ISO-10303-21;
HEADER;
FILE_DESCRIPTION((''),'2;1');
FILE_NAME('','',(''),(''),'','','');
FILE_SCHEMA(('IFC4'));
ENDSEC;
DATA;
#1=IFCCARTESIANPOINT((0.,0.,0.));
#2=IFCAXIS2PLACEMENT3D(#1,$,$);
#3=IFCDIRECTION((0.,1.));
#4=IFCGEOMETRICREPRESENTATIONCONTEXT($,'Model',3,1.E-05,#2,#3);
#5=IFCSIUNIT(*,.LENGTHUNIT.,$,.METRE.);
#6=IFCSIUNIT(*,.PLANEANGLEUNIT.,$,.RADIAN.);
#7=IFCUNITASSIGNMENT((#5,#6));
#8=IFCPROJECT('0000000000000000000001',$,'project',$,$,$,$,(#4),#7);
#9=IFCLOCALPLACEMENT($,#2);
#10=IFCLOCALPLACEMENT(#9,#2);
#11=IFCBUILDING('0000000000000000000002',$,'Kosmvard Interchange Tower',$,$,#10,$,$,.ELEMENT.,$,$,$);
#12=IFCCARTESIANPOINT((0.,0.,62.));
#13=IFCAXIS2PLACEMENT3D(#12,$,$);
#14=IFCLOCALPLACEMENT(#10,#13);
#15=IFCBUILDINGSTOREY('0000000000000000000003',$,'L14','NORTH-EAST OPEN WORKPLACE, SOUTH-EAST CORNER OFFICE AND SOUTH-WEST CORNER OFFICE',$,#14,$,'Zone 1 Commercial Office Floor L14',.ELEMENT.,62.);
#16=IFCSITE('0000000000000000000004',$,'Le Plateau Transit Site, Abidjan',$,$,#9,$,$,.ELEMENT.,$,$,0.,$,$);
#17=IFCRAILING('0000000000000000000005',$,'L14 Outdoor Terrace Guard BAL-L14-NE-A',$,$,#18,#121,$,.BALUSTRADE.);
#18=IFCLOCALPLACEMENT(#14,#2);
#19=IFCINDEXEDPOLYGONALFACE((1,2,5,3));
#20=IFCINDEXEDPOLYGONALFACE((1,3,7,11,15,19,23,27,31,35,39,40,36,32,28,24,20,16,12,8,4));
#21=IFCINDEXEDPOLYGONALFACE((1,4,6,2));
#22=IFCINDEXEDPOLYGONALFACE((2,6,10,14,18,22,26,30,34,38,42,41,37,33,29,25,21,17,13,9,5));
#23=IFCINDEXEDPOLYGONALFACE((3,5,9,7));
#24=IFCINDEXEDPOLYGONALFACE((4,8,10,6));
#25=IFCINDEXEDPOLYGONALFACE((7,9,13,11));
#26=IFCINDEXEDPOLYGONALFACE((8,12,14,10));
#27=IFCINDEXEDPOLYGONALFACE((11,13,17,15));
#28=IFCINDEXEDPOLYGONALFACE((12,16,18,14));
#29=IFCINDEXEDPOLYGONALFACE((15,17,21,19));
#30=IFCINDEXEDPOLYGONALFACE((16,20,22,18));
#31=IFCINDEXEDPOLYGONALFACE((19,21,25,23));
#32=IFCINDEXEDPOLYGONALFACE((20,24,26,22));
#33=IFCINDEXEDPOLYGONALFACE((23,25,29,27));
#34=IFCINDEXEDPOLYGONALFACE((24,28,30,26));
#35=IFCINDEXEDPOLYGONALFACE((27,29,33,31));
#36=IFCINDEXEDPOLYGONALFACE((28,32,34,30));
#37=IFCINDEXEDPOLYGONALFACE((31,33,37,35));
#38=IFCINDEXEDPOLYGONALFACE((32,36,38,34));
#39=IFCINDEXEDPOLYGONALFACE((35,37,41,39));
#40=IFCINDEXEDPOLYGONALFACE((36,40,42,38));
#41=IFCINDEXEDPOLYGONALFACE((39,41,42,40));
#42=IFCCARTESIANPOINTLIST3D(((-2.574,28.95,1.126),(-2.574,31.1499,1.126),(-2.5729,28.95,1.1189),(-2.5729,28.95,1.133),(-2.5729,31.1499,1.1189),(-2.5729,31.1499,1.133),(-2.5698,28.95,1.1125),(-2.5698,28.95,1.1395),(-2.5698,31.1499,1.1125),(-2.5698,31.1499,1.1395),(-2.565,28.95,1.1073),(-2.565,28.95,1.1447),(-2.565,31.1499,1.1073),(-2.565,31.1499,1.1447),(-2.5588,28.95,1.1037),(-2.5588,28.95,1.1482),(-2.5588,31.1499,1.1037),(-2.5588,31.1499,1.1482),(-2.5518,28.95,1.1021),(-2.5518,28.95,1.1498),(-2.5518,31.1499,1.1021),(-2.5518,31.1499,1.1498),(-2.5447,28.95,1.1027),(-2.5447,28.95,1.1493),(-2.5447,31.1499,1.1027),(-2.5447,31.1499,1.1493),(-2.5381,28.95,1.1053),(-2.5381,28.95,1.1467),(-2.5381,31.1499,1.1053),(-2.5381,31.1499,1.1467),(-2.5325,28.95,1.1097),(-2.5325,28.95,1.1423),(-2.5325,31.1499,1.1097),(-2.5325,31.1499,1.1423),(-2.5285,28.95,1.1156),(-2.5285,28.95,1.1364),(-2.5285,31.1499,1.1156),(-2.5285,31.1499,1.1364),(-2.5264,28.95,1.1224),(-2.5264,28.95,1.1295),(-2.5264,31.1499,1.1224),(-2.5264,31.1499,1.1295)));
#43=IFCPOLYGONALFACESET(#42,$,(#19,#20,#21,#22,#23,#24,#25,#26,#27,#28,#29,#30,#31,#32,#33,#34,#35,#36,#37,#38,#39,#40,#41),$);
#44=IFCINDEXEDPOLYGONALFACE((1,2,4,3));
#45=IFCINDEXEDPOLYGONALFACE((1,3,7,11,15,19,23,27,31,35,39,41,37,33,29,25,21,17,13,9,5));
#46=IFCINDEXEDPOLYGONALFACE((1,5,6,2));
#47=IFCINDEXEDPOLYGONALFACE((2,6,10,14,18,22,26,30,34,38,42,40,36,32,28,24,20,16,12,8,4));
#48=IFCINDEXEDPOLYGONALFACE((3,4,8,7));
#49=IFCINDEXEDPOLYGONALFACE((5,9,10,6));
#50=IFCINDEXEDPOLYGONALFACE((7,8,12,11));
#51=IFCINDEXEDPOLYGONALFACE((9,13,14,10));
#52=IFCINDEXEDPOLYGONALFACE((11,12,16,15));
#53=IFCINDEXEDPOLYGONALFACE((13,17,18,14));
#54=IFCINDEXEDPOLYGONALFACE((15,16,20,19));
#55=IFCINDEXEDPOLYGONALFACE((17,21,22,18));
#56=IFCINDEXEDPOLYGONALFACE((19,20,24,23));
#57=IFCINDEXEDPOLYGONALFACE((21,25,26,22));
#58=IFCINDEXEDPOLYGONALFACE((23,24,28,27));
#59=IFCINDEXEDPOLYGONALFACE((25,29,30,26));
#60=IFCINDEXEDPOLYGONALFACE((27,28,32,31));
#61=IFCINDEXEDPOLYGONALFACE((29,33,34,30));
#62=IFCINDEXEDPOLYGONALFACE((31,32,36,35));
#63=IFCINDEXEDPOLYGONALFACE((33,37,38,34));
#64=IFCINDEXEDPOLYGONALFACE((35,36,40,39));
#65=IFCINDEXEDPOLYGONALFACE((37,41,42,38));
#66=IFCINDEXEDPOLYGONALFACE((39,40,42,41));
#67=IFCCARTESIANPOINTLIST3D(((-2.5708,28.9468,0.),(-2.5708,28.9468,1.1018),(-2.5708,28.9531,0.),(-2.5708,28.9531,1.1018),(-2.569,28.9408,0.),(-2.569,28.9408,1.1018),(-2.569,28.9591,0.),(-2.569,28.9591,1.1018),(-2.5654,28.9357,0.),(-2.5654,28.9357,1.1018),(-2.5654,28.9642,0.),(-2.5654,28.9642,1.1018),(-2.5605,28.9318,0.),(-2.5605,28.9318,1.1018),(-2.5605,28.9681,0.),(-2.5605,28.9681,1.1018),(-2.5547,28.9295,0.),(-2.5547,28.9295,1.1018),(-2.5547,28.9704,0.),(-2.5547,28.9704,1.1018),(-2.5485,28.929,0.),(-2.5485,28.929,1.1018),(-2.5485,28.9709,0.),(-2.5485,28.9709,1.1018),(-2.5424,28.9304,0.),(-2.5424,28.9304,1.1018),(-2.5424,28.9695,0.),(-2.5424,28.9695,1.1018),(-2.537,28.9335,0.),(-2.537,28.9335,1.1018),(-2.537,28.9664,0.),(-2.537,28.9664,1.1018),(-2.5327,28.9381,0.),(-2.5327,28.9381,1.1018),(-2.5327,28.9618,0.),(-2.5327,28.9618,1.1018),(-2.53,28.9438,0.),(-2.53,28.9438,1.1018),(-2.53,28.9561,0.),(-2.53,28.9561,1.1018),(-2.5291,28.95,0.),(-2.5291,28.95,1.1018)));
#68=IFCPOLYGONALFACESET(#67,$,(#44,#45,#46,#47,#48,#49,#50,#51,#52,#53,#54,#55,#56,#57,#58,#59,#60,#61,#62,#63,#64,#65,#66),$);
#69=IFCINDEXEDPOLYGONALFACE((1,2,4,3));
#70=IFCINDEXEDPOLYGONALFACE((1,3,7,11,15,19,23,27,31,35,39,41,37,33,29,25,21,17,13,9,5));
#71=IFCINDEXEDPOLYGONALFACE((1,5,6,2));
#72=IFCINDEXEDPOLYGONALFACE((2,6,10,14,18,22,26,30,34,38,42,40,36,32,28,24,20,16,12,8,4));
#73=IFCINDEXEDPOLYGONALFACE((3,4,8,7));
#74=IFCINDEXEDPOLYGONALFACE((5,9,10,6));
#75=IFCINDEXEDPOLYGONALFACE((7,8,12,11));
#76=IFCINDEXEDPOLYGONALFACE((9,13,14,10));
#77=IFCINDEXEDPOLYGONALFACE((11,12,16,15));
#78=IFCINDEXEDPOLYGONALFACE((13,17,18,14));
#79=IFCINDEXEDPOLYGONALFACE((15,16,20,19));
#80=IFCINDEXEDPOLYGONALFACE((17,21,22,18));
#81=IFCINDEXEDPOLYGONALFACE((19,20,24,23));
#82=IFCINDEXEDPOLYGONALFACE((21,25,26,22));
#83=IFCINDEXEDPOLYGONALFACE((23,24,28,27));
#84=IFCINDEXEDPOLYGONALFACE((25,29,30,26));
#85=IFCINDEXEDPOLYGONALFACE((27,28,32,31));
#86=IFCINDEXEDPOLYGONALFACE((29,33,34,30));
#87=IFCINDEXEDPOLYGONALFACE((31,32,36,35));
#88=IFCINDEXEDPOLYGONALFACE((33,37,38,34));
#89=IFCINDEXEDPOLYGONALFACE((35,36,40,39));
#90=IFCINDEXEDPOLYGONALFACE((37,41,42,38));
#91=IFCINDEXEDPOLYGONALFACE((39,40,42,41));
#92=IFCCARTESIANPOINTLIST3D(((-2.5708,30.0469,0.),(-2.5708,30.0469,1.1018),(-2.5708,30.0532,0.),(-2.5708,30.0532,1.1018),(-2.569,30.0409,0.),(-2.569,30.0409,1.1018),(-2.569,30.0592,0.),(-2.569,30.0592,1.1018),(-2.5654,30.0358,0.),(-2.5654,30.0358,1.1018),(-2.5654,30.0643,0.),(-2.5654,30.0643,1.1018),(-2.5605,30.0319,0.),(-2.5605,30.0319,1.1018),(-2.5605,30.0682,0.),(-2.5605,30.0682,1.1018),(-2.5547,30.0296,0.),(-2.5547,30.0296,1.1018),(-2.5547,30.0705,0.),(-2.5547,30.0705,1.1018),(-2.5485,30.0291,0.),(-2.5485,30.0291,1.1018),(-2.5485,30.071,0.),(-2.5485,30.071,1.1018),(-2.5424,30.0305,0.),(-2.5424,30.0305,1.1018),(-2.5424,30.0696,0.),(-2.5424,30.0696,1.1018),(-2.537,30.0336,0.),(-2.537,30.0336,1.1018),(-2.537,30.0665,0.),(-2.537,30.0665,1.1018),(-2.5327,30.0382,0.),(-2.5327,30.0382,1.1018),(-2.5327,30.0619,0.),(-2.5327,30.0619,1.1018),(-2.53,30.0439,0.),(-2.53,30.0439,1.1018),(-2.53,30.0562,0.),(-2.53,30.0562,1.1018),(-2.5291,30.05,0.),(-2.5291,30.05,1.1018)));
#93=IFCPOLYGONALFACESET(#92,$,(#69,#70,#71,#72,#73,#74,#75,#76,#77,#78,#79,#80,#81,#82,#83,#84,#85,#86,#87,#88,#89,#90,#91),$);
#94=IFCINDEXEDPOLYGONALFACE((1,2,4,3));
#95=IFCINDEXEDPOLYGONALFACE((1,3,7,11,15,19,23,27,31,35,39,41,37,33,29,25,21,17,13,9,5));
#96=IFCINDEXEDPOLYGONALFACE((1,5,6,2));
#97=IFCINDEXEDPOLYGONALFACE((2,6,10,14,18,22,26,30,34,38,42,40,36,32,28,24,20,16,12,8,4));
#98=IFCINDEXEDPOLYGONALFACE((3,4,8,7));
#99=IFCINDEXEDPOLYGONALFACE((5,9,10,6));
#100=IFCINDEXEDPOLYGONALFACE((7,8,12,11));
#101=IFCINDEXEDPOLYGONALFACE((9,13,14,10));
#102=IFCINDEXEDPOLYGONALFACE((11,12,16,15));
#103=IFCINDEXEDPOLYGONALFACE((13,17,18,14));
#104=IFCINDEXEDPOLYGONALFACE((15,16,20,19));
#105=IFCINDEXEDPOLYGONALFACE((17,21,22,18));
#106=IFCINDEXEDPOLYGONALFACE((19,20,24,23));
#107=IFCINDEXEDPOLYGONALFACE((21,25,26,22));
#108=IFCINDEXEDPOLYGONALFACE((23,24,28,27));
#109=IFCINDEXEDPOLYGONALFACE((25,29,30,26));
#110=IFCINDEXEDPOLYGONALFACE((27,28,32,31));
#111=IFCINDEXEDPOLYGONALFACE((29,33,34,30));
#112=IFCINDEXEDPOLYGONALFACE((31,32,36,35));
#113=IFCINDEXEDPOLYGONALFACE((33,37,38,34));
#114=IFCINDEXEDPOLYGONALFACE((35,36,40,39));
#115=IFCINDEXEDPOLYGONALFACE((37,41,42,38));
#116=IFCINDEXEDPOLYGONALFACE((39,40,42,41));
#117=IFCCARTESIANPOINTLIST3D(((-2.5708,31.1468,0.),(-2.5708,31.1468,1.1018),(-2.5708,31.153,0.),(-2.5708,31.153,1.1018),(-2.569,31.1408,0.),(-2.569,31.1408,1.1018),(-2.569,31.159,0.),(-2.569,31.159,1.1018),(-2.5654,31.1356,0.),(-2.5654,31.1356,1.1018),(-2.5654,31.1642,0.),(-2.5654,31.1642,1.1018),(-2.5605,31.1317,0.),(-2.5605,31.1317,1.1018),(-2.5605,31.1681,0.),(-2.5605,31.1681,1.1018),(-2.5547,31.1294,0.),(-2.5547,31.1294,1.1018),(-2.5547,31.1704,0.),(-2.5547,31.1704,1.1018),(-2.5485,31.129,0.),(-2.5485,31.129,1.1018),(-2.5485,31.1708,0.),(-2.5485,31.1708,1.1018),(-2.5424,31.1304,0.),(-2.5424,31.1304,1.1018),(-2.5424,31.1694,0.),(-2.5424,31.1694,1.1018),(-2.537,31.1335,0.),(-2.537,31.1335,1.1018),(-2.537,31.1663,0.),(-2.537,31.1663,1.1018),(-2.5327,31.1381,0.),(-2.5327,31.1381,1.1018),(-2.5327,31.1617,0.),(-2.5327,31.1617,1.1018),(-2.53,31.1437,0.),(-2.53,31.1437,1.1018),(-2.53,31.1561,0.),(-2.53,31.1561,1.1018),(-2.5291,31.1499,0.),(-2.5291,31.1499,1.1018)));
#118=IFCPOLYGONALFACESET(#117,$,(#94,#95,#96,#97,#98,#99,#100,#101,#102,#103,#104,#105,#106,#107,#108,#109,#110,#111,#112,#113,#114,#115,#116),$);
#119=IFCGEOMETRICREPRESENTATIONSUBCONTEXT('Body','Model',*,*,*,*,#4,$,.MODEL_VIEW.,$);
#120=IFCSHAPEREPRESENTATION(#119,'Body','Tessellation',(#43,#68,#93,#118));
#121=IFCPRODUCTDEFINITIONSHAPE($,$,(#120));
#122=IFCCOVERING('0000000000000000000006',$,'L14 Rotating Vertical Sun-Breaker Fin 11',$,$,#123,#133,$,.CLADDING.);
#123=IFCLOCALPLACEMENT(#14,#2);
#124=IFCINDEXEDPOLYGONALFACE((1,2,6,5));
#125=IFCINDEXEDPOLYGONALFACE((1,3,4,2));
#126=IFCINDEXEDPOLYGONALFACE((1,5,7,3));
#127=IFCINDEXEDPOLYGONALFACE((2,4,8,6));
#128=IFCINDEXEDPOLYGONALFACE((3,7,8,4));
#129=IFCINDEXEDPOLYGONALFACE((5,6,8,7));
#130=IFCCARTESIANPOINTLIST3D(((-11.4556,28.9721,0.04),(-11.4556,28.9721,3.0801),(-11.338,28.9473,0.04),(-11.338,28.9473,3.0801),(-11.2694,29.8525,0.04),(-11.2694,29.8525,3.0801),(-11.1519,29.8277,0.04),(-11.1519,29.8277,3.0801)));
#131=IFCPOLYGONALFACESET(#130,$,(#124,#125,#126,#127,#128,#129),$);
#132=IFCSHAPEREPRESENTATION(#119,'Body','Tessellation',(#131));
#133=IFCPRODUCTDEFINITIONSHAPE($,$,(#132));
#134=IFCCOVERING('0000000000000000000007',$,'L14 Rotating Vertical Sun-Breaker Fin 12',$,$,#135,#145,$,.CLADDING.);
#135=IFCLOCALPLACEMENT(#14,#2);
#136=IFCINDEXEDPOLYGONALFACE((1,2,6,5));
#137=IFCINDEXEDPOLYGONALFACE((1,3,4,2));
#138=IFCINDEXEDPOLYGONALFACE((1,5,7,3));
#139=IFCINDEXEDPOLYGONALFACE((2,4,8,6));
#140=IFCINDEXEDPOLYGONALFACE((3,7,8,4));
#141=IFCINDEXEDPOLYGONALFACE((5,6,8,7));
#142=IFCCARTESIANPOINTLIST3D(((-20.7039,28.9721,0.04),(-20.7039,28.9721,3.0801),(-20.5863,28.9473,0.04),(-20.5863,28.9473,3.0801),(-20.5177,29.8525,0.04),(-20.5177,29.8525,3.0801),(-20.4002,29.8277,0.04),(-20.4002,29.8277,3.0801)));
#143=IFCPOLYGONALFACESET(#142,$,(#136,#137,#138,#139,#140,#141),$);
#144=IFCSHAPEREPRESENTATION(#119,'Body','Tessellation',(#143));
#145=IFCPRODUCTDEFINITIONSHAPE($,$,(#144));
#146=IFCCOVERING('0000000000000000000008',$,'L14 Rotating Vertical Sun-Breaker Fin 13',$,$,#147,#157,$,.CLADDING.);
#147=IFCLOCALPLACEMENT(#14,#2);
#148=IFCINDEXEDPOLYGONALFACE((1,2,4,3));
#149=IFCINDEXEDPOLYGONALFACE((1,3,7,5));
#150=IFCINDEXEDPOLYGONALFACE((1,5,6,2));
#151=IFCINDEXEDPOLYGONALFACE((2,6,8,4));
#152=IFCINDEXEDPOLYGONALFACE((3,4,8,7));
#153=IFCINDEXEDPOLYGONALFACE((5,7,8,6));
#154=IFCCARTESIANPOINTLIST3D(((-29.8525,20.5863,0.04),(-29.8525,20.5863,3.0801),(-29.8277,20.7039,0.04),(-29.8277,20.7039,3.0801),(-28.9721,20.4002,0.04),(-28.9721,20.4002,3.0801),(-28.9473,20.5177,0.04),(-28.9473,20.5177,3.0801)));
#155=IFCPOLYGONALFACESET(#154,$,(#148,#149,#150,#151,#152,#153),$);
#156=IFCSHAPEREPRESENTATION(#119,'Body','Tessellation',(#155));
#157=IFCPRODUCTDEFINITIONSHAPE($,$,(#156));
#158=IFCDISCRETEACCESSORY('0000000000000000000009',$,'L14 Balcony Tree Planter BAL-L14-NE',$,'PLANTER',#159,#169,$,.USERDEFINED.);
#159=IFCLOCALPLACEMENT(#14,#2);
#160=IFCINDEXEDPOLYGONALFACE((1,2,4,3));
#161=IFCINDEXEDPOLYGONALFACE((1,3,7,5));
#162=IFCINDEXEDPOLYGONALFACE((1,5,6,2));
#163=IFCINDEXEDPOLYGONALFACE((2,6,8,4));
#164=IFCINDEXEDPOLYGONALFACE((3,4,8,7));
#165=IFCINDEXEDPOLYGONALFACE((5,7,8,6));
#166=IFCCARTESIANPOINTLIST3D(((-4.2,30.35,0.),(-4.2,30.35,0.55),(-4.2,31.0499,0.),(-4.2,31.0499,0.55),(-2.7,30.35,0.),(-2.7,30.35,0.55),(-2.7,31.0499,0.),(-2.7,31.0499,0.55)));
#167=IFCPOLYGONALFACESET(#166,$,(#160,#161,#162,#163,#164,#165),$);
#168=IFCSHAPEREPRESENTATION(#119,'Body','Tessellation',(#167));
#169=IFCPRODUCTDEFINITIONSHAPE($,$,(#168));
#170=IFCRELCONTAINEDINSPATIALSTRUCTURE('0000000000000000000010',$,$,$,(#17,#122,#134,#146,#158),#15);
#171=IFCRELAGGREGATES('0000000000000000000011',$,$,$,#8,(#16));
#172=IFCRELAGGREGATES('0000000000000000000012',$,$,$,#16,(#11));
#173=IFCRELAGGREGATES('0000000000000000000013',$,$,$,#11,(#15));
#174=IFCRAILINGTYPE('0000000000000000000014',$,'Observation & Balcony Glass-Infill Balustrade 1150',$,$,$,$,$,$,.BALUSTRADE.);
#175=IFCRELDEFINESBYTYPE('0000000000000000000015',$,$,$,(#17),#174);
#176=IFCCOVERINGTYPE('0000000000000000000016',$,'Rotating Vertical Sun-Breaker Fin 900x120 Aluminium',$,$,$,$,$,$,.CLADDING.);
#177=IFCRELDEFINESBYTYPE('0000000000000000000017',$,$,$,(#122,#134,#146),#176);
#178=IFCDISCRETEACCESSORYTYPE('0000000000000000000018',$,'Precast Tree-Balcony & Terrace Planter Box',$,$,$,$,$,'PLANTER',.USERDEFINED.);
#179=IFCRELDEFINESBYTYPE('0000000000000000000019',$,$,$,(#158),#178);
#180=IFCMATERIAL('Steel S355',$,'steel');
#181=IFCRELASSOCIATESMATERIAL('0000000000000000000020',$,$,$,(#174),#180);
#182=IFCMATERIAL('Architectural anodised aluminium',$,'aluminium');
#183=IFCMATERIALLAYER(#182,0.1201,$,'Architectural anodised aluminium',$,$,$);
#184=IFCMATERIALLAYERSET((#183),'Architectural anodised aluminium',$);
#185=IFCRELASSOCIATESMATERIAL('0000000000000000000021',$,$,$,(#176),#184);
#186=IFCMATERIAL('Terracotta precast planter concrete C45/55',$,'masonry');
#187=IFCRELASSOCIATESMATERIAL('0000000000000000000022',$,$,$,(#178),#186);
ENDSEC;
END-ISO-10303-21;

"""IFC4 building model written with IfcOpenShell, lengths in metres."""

from ifc_helpers import new_model, si_unit, direction, frame, origin, origin_2d, place, context, subcontext, project, spatial, rectangle, circle, extrude, source, transform, mapped, material, layer, layer_set, type_object, element, save


model = new_model("IFC4")

# Units and contexts
model_context = context("Model", 3, precision=1e-05, world=origin(), true_north=direction((0.0, 1.0)))
body_context = subcontext(model_context, "Body", "Model", "MODEL_VIEW")
ifc_project = project(units=[si_unit("LENGTHUNIT", "METRE"), si_unit("PLANEANGLEUNIT", "RADIAN")], contexts=[model_context])

# Site, building, storey
site_placement = place(None, origin())
site = spatial("IfcSite", under=ifc_project, at=site_placement, Name="Le Plateau Transit Site, Abidjan", CompositionType="ELEMENT", RefElevation=0.0)
building_placement = place(site_placement, origin())
building = spatial("IfcBuilding", under=site, at=building_placement, Name="Kosmvard Interchange Tower", CompositionType="ELEMENT")
storey_placement = place(building_placement, frame((0.0, 0.0, 62.0)))
storey = spatial("IfcBuildingStorey", under=building, at=storey_placement, Name="L14", Description="NORTH-EAST OPEN WORKPLACE, SOUTH-EAST CORNER OFFICE AND SOUTH-WEST CORNER OFFICE", LongName="Zone 1 Commercial Office Floor L14", CompositionType="ELEMENT", Elevation=62.0)

# Shared definitions
ifc_material_1 = material(Name="Steel S355", Category="steel")

# Railing
railing_type = type_object("IfcRailingType", Name="Observation & Balcony Glass-Infill Balustrade 1150", PredefinedType="BALUSTRADE", material=ifc_material_1)
shared_shape_1 = source(origin(), body_context, "Body", "SweptSolid", [
    extrude(circle(Radius=0.0239, at=origin_2d()), frame((0.0, 0.0, 1.126), z_axis=(0.0, 1.0, 0.0), x_axis=(-1.0, 0.0, 0.0)), (0.0, 0.0, 1.0), 2.2),
    extrude(circle(Radius=0.021, at=origin_2d()), origin(), (0.0, 0.0, 1.0), 1.1018),
    extrude(circle(Radius=0.021, at=origin_2d()), frame((0.0, 1.1001, 0.0)), (0.0, 0.0, 1.0), 1.1018),
    extrude(circle(Radius=0.021, at=origin_2d()), frame((0.0, 2.2, 0.0)), (0.0, 0.0, 1.0), 1.1018),
])
railing_1_placement = place(storey_placement, frame((-2.55, 28.95, 0.0)))
element("IfcRailing", 1, at=railing_1_placement, inside=storey, type_object=railing_type, Name="L14 Outdoor Terrace Guard BAL-L14-NE-A", PredefinedType="BALUSTRADE", context=body_context, shape_type="MappedRepresentation", body=[
    mapped(shared_shape_1, transform((0.0, 0.0, 0.0), scale=1.0)),
])

# Coverings
ifc_material_2 = material(Name="Architectural anodised aluminium", Category="aluminium")
ifc_layer_1 = layer(ifc_material_2, 0.1201, Name="Architectural anodised aluminium")
ifc_layer_set_1 = layer_set([ifc_layer_1], Name="Architectural anodised aluminium")
covering_type = type_object("IfcCoveringType", Name="Rotating Vertical Sun-Breaker Fin 900x120 Aluminium", PredefinedType="CLADDING", material=ifc_layer_set_1)
shared_shape_2 = source(origin(), body_context, "Body", "SweptSolid", [
    extrude(rectangle(XDim=0.8999, YDim=0.1201, at=origin_2d()), origin(), (0.0, 0.0, 1.0), 3.04),
])
for number, where, z_axis, x_axis, name in (
    (2, (-11.3037, 29.3999, 0.04), (0.0, 0.0, 1.0), (0.206887, 0.978365, 0.0), "L14 Rotating Vertical Sun-Breaker Fin 11"),
    (3, (-20.552, 29.3999, 0.04), (0.0, 0.0, 1.0), (0.206887, 0.978365, 0.0), "L14 Rotating Vertical Sun-Breaker Fin 12"),
    (4, (-29.3999, 20.552, 0.04), (0.0, 0.0, 1.0), (-0.978365, 0.206887, 0.0), "L14 Rotating Vertical Sun-Breaker Fin 13"),
):
    element("IfcCovering", number, at=place(storey_placement, frame(where, z_axis=z_axis, x_axis=x_axis)), inside=storey, type_object=covering_type, Name=name, PredefinedType="CLADDING", context=body_context, shape_type="MappedRepresentation", body=[
        mapped(shared_shape_2, transform((0.0, 0.0, 0.0), scale=1.0)),
    ])

# Discrete accessory
ifc_material_3 = material(Name="Terracotta precast planter concrete C45/55", Category="masonry")
discrete_accessory_type = type_object("IfcDiscreteAccessoryType", Name="Precast Tree-Balcony & Terrace Planter Box", ElementType="PLANTER", PredefinedType="USERDEFINED", material=ifc_material_3)
shared_shape_3 = source(origin(), body_context, "Body", "SweptSolid", [
    extrude(rectangle(XDim=1.5, YDim=0.7, at=origin_2d()), origin(), (0.0, 0.0, 1.0), 0.55),
])
discrete_accessory_placement = place(storey_placement, frame((-3.45, 30.7, 0.0), z_axis=(0.0, 0.0, 1.0), x_axis=(1.0, 0.0, 0.0)))
element("IfcDiscreteAccessory", 5, at=discrete_accessory_placement, inside=storey, type_object=discrete_accessory_type, Name="L14 Balcony Tree Planter BAL-L14-NE", ObjectType="PLANTER", PredefinedType="USERDEFINED", context=body_context, shape_type="MappedRepresentation", body=[
    mapped(shared_shape_3, transform((0.0, 0.0, 0.0), scale=1.0)),
])

save(model, "model.ifc")
